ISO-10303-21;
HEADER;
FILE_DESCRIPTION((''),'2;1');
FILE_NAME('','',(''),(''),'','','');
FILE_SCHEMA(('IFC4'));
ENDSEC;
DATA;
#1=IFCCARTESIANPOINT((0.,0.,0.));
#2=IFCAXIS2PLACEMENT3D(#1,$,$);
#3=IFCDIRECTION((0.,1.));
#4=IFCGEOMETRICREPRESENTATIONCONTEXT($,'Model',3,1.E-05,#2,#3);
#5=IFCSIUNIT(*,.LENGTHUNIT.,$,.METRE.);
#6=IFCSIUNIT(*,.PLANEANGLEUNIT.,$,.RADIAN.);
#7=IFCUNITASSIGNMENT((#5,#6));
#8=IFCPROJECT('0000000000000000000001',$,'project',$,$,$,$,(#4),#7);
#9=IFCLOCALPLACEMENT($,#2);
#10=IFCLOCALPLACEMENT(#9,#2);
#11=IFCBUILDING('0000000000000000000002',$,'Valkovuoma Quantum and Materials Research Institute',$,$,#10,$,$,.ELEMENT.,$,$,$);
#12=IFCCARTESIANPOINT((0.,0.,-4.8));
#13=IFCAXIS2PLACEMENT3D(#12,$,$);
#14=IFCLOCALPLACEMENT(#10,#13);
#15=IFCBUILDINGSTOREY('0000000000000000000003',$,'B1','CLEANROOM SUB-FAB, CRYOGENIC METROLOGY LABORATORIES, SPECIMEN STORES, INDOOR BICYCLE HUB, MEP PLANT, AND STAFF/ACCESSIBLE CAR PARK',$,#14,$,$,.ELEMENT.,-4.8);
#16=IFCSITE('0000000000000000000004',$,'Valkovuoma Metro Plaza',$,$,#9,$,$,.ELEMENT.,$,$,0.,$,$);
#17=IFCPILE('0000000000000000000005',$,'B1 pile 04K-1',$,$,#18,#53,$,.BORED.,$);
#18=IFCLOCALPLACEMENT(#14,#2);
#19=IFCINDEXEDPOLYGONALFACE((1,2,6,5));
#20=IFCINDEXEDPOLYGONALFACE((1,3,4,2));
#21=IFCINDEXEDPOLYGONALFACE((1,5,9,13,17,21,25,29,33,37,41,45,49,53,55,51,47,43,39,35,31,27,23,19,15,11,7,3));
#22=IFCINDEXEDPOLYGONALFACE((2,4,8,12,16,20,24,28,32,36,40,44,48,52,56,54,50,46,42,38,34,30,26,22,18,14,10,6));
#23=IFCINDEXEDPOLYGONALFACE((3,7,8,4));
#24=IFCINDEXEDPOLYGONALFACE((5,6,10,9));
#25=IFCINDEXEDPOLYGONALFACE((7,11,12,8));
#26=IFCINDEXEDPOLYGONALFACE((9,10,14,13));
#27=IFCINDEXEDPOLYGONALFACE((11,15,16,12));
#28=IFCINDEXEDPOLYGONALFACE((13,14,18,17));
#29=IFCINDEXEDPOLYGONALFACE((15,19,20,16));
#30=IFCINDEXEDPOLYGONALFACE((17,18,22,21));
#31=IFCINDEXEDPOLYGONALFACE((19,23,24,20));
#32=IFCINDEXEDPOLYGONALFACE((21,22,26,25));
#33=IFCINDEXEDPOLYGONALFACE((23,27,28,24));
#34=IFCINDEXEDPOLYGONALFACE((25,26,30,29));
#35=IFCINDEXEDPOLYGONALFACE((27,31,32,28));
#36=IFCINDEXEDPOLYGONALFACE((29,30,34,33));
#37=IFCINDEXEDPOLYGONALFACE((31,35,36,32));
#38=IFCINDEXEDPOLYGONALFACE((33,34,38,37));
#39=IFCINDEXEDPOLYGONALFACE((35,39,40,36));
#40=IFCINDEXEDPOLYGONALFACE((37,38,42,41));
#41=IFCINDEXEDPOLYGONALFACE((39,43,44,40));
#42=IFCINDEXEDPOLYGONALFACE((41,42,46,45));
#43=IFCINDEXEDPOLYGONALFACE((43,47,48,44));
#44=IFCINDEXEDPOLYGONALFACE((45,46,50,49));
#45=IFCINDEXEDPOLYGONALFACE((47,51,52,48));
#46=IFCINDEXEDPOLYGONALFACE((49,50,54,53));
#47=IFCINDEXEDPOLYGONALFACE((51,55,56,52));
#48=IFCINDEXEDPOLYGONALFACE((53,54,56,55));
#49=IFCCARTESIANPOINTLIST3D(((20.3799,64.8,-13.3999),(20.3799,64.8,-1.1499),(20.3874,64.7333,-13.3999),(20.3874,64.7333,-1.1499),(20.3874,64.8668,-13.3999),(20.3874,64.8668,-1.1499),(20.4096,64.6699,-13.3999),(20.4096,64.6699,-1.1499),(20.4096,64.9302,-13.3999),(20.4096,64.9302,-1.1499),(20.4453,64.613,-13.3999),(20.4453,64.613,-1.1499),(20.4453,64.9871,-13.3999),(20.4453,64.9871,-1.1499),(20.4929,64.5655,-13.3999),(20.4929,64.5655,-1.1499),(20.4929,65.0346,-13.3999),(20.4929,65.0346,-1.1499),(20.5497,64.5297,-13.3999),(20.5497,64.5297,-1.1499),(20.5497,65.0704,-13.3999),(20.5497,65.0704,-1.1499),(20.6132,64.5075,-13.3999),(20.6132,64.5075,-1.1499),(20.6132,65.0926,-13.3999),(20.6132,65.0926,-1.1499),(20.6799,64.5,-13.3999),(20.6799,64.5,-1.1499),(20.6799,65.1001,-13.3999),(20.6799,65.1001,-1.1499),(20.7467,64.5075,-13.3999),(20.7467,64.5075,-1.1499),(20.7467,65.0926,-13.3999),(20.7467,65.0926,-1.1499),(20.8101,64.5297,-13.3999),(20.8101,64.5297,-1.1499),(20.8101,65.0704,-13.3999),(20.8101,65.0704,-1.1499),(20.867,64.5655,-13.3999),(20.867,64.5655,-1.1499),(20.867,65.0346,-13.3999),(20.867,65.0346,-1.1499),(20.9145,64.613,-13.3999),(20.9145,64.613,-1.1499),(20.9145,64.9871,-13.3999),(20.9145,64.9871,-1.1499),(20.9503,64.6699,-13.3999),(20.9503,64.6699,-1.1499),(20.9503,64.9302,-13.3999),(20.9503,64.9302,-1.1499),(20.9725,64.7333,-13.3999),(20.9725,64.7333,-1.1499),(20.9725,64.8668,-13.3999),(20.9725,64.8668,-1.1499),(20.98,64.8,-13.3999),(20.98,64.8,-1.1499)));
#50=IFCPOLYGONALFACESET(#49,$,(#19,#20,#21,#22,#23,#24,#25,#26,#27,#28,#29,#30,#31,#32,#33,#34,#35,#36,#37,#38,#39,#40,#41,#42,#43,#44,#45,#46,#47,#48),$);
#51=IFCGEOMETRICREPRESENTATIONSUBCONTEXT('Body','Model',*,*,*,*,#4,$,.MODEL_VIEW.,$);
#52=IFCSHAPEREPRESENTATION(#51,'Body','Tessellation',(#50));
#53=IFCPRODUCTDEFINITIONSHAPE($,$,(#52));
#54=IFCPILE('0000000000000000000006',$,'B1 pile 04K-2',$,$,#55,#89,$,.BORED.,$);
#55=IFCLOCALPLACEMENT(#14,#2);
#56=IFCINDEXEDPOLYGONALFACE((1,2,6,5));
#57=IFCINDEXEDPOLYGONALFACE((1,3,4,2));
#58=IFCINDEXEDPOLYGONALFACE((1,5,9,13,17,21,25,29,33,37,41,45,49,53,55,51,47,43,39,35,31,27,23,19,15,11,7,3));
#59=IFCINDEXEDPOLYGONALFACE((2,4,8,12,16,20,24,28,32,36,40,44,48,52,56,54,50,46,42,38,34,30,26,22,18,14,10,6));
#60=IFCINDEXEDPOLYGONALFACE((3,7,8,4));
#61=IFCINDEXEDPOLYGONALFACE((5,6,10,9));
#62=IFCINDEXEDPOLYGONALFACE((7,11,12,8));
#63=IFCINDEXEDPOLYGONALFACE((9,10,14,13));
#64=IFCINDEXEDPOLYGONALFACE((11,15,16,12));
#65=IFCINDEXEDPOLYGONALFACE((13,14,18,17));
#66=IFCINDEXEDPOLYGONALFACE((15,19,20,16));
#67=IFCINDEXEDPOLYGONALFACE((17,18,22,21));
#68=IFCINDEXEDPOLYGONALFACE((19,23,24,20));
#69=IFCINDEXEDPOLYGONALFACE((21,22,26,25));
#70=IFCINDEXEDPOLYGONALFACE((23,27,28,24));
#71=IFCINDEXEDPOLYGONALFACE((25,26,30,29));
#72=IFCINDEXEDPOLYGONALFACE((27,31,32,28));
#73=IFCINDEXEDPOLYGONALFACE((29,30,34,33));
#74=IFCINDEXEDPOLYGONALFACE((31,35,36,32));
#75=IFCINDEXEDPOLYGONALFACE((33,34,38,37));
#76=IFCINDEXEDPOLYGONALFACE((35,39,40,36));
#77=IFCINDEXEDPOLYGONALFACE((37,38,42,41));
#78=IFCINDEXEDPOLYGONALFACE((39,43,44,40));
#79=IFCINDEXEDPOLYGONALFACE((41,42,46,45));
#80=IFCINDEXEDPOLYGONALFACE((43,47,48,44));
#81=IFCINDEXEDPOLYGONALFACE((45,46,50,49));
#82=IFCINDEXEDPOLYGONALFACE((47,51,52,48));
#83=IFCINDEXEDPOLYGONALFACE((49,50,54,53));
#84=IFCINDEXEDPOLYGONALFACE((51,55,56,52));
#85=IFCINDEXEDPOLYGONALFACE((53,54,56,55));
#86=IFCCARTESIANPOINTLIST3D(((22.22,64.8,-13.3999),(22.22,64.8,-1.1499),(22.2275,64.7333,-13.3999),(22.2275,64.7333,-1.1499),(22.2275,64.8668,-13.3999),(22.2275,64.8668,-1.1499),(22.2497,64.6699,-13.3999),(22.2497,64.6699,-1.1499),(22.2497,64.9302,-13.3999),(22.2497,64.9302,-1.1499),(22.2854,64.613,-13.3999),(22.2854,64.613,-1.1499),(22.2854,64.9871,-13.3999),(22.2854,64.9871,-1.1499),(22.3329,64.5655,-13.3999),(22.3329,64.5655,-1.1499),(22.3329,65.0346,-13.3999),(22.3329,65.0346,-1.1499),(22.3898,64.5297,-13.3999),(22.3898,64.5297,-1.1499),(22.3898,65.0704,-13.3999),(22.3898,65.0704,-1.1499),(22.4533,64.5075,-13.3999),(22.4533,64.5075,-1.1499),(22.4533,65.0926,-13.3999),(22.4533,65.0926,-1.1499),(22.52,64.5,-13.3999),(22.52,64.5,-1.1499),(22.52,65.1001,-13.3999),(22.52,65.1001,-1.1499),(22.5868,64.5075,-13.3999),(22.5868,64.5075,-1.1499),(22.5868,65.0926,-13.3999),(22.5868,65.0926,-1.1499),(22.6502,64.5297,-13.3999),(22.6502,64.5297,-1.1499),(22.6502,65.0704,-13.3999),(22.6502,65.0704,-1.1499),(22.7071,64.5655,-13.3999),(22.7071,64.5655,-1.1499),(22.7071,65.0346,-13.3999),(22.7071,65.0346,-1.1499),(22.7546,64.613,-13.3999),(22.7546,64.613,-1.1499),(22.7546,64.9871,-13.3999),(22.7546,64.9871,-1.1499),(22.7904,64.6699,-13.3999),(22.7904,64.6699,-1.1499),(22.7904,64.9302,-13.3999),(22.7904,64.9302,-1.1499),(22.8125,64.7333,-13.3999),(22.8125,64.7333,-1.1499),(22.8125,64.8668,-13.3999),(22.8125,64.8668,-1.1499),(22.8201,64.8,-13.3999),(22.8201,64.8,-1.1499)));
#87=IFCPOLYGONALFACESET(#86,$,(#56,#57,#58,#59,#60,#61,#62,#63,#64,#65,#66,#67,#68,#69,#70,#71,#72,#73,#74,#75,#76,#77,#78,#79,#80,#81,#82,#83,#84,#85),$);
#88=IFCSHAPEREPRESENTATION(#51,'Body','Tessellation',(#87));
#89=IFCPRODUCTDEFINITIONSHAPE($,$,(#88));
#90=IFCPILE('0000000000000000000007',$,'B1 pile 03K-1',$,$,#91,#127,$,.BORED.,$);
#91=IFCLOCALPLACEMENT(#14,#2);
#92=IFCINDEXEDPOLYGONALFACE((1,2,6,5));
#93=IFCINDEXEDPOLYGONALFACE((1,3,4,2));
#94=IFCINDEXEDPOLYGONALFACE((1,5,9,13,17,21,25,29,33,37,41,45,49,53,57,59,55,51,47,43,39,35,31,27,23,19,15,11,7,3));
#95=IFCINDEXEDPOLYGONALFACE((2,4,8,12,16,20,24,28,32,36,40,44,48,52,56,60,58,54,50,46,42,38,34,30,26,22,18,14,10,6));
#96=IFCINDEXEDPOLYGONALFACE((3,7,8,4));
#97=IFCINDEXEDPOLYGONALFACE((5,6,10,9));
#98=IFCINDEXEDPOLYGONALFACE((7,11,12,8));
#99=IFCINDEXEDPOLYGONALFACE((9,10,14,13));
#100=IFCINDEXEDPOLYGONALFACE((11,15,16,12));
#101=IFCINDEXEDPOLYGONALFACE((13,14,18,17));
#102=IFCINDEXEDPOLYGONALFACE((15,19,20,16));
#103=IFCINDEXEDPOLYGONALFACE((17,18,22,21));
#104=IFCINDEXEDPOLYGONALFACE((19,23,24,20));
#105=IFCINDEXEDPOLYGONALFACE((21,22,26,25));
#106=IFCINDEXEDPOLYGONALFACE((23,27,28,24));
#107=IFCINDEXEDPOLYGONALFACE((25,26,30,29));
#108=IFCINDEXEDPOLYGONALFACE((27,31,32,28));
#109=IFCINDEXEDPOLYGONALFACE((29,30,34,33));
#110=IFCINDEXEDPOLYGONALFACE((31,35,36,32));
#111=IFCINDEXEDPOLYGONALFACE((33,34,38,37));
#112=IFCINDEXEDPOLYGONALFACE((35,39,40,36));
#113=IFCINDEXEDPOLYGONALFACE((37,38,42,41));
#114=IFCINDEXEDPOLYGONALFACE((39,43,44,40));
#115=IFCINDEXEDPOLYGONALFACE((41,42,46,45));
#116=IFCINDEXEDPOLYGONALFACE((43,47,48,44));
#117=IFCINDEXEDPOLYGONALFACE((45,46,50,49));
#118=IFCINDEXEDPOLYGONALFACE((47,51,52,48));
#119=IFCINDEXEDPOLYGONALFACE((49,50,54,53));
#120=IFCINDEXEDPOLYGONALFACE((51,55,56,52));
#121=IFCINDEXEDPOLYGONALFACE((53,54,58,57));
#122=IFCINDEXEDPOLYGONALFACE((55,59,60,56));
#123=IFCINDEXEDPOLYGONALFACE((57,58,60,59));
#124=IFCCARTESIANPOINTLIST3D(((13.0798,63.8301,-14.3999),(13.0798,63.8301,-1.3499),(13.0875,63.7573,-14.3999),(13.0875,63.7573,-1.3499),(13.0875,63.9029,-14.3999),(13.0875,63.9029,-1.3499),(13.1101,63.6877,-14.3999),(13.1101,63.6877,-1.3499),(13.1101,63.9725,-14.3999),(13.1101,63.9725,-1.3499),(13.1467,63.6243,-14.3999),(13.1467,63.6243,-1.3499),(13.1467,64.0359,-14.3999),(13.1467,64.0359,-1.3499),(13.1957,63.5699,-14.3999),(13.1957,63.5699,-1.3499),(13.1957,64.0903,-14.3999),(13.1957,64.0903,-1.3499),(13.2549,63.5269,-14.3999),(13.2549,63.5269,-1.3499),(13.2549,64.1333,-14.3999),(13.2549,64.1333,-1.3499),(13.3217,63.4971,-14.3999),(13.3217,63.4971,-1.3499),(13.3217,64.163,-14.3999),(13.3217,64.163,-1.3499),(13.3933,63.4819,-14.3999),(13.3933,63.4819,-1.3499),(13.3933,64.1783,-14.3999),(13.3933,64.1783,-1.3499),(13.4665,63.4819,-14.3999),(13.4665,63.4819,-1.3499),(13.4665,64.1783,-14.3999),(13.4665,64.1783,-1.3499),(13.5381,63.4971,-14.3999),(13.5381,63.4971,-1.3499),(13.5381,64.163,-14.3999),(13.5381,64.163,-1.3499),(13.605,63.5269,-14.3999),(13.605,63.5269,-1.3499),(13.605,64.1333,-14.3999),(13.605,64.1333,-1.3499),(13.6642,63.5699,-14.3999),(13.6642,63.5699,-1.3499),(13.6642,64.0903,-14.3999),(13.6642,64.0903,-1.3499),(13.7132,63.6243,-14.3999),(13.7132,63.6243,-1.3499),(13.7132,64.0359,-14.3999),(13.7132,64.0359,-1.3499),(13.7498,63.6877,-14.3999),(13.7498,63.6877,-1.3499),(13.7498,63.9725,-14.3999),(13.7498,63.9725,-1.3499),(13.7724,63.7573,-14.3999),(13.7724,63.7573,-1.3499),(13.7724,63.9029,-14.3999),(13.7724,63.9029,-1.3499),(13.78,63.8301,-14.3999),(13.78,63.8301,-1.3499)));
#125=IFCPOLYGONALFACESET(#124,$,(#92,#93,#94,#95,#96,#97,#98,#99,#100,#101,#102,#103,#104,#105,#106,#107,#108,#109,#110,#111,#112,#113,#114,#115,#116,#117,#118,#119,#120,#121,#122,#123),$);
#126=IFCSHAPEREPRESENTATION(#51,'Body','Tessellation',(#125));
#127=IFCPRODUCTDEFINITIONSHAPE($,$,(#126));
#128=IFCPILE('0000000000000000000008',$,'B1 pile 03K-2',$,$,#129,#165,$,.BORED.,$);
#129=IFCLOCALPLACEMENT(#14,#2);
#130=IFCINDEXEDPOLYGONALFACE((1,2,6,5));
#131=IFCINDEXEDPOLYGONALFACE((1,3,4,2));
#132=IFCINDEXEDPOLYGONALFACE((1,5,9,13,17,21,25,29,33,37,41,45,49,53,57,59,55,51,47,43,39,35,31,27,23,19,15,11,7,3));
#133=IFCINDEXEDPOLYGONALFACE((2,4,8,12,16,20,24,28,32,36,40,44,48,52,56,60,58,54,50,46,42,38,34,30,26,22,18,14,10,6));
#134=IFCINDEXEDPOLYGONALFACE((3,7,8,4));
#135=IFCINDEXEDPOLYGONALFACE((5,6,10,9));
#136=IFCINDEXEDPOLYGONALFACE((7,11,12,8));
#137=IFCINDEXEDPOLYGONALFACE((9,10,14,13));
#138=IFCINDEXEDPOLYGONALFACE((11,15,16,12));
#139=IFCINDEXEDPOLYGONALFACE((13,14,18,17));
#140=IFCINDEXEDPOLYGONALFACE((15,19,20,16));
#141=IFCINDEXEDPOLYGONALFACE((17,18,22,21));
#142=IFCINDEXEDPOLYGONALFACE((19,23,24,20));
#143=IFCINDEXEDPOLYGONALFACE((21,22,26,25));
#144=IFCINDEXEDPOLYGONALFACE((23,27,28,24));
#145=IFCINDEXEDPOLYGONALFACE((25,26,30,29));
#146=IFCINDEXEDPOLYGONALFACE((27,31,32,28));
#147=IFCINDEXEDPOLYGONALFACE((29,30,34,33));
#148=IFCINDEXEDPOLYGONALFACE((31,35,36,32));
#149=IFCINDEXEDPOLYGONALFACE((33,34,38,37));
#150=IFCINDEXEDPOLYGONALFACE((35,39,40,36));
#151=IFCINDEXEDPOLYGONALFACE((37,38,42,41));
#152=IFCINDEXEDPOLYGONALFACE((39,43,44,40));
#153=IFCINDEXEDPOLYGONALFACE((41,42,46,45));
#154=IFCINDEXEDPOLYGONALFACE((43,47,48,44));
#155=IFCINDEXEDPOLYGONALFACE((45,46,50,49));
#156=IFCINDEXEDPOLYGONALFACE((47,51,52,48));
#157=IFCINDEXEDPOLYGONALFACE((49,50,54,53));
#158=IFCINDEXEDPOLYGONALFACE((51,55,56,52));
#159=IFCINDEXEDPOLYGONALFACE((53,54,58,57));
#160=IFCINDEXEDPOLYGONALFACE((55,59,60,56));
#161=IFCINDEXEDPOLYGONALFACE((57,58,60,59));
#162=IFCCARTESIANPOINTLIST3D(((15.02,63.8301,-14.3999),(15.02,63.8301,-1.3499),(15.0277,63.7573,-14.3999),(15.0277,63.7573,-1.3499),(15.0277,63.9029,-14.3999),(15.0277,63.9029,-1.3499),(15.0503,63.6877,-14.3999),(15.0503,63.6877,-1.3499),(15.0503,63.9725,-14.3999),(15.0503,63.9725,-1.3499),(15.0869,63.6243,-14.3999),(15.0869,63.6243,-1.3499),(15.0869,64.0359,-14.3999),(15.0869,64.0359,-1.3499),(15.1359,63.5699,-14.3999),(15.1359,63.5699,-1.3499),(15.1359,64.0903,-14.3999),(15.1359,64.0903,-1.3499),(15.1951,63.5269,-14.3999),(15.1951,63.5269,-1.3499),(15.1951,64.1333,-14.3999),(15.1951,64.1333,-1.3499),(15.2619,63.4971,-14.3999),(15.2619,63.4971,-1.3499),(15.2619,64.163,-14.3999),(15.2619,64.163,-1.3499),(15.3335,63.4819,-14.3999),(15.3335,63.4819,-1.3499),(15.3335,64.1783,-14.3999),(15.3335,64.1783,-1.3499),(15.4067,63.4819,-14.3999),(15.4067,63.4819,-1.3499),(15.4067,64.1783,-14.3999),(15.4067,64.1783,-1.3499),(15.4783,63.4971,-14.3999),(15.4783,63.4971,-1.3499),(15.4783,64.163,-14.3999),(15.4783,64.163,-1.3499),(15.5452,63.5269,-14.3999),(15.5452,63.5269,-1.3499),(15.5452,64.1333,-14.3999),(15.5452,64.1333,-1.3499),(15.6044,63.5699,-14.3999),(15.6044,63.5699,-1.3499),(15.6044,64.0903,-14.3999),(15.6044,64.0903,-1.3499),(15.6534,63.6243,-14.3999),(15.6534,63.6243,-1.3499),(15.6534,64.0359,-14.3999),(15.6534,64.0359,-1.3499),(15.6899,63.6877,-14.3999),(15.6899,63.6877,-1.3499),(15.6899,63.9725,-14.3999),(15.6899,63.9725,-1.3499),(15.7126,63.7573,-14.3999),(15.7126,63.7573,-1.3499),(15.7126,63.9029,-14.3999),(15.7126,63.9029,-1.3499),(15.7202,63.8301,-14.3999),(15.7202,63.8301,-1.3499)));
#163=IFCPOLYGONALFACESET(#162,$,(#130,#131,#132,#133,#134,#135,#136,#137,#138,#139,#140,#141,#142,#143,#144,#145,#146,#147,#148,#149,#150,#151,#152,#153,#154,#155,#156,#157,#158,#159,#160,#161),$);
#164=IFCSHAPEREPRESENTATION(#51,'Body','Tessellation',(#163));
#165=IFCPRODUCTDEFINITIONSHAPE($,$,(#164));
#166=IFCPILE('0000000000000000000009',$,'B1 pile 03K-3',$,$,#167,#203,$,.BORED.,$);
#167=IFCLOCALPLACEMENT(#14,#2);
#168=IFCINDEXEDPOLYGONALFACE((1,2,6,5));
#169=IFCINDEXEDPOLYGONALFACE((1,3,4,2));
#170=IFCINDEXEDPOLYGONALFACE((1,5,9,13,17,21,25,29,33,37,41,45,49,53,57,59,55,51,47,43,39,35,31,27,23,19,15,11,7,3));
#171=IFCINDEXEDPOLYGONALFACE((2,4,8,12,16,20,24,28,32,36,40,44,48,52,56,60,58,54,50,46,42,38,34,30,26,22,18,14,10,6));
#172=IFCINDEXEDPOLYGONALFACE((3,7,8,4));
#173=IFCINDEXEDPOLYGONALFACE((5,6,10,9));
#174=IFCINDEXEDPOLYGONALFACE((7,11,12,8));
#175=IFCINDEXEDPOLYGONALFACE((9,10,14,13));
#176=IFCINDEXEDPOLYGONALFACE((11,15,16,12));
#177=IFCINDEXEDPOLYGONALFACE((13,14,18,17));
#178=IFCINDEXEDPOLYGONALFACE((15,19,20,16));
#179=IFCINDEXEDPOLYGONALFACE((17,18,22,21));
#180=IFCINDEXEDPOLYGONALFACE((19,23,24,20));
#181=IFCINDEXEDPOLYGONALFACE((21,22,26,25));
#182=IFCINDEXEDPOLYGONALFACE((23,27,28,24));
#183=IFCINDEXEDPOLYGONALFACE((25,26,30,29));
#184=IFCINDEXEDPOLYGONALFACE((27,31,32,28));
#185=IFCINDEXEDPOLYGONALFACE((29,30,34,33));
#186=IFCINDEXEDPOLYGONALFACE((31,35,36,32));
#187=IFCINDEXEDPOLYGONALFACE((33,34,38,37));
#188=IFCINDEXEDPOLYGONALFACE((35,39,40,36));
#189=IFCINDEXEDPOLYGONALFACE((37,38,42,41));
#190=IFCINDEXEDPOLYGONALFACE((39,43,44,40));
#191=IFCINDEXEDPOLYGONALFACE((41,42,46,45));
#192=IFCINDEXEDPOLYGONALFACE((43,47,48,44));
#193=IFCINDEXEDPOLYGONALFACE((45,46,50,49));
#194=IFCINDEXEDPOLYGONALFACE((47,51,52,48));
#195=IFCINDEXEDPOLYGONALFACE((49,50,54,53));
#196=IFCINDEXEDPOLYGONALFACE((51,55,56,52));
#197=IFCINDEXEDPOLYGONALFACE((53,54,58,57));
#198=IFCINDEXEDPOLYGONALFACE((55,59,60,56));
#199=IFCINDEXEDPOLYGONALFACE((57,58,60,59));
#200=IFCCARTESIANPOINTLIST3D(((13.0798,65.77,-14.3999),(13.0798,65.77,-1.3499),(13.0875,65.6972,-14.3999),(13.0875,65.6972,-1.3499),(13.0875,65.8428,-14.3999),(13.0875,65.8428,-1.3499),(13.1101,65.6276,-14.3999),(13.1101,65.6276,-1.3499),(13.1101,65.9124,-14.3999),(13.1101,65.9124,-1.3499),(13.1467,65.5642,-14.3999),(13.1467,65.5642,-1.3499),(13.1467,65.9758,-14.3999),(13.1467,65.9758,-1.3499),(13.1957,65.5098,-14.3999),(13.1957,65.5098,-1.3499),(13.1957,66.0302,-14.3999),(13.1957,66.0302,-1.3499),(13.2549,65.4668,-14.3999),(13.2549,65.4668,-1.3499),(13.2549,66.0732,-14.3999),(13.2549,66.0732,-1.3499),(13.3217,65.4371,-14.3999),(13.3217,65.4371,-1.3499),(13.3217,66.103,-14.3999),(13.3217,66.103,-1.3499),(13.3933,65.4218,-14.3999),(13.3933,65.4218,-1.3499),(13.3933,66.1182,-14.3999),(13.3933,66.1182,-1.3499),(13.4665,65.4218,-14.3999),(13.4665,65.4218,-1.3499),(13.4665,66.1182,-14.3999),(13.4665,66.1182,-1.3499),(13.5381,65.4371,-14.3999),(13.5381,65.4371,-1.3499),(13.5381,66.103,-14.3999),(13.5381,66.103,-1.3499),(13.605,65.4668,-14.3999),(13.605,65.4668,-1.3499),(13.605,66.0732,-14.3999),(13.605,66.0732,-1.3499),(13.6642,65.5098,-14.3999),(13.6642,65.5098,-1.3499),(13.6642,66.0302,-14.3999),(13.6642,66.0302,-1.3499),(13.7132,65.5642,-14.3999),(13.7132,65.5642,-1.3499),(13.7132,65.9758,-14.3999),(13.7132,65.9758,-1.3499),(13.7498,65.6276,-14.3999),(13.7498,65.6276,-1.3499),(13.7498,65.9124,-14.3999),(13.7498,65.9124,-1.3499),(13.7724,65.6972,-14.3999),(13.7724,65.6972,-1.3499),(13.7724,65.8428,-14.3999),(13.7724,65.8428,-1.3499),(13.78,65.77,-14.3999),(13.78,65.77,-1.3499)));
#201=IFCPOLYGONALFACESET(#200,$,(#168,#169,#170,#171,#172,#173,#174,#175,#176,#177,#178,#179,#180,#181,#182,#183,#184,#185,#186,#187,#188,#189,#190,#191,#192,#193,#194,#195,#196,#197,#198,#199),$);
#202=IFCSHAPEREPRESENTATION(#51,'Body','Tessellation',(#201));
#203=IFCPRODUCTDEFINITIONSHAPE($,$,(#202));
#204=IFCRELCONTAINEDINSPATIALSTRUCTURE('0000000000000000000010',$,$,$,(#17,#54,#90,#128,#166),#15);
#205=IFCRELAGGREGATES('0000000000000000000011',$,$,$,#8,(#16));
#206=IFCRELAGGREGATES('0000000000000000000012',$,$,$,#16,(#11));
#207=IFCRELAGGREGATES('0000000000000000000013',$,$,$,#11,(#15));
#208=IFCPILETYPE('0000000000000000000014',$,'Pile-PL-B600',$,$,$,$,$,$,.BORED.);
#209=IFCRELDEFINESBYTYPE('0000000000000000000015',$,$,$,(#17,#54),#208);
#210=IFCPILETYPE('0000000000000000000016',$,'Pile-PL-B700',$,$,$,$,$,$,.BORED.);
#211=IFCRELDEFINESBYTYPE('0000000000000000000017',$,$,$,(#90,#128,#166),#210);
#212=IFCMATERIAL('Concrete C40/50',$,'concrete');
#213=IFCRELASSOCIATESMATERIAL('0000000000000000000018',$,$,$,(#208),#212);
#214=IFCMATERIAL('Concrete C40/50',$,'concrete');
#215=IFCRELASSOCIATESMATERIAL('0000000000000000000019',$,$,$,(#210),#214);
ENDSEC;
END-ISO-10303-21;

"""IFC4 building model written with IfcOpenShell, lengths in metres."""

from ifc_helpers import new_model, si_unit, direction, frame, origin, origin_2d, place, context, subcontext, project, spatial, circle, extrude, material, material_profile, profile_set, type_object, element, save


model = new_model("IFC4")

# Units and contexts
model_context = context("Model", 3, precision=1e-05, world=origin(), true_north=direction((0.0, 1.0)))
body_context = subcontext(model_context, "Body", "Model", "MODEL_VIEW")
ifc_project = project(units=[si_unit("LENGTHUNIT", "METRE"), si_unit("PLANEANGLEUNIT", "RADIAN")], contexts=[model_context])

# Site, building, storey
site_placement = place(None, origin())
site = spatial("IfcSite", under=ifc_project, at=site_placement, Name="Valkovuoma Metro Plaza", CompositionType="ELEMENT", RefElevation=0.0)
building_placement = place(site_placement, origin())
building = spatial("IfcBuilding", under=site, at=building_placement, Name="Valkovuoma Quantum and Materials Research Institute", CompositionType="ELEMENT")
storey_placement = place(building_placement, frame((0.0, 0.0, -4.8)))
storey = spatial("IfcBuildingStorey", under=building, at=storey_placement, Name="B1", Description="CLEANROOM SUB-FAB, CRYOGENIC METROLOGY LABORATORIES, SPECIMEN STORES, INDOOR BICYCLE HUB, MEP PLANT, AND STAFF/ACCESSIBLE CAR PARK", CompositionType="ELEMENT", Elevation=-4.8)

# Piles
ifc_material_1 = material(Name="Concrete C40/50", Category="concrete")
ifc_material_profile_1 = material_profile(ifc_material_1, circle(Radius=0.3, at=origin_2d()), Name="Concrete C40/50")
ifc_profile_set_1 = profile_set([ifc_material_profile_1], Name="Concrete C40/50")
pile_type_1 = type_object("IfcPileType", Name="Pile-PL-B600", PredefinedType="BORED", material=ifc_profile_set_1)
for number, where, z_axis, x_axis, name in (
    (1, (20.6799, 64.8, -1.1499), (0.0, 0.0, -1.0), (1.0, 0.0, 0.0), "B1 pile 04K-1"),
    (2, (22.52, 64.8, -1.1499), (0.0, 0.0, -1.0), (1.0, 0.0, 0.0), "B1 pile 04K-2"),
):
    element("IfcPile", number, at=place(storey_placement, frame(where, z_axis=z_axis, x_axis=x_axis)), inside=storey, type_object=pile_type_1, Name=name, PredefinedType="BORED", context=body_context, shape_type="SweptSolid", body=[
        extrude(circle(Radius=0.3, at=origin_2d()), origin(), (0.0, 0.0, 1.0), 12.25),
    ])
ifc_material_2 = material(Name="Concrete C40/50", Category="concrete")
ifc_material_profile_2 = material_profile(ifc_material_2, circle(Radius=0.3501, at=origin_2d()), Name="Concrete C40/50")
ifc_profile_set_2 = profile_set([ifc_material_profile_2], Name="Concrete C40/50")
pile_type_2 = type_object("IfcPileType", Name="Pile-PL-B700", PredefinedType="BORED", material=ifc_profile_set_2)
for number, where, z_axis, x_axis, name in (
    (3, (13.4299, 63.8301, -1.3499), (0.0, 0.0, -1.0), (1.0, 0.0, 0.0), "B1 pile 03K-1"),
    (4, (15.3701, 63.8301, -1.3499), (0.0, 0.0, -1.0), (1.0, 0.0, 0.0), "B1 pile 03K-2"),
    (5, (13.4299, 65.77, -1.3499), (0.0, 0.0, -1.0), (1.0, 0.0, 0.0), "B1 pile 03K-3"),
):
    element("IfcPile", number, at=place(storey_placement, frame(where, z_axis=z_axis, x_axis=x_axis)), inside=storey, type_object=pile_type_2, Name=name, PredefinedType="BORED", context=body_context, shape_type="SweptSolid", body=[
        extrude(circle(Radius=0.3501, at=origin_2d()), origin(), (0.0, 0.0, 1.0), 13.05),
    ])

save(model, "model.ifc")
